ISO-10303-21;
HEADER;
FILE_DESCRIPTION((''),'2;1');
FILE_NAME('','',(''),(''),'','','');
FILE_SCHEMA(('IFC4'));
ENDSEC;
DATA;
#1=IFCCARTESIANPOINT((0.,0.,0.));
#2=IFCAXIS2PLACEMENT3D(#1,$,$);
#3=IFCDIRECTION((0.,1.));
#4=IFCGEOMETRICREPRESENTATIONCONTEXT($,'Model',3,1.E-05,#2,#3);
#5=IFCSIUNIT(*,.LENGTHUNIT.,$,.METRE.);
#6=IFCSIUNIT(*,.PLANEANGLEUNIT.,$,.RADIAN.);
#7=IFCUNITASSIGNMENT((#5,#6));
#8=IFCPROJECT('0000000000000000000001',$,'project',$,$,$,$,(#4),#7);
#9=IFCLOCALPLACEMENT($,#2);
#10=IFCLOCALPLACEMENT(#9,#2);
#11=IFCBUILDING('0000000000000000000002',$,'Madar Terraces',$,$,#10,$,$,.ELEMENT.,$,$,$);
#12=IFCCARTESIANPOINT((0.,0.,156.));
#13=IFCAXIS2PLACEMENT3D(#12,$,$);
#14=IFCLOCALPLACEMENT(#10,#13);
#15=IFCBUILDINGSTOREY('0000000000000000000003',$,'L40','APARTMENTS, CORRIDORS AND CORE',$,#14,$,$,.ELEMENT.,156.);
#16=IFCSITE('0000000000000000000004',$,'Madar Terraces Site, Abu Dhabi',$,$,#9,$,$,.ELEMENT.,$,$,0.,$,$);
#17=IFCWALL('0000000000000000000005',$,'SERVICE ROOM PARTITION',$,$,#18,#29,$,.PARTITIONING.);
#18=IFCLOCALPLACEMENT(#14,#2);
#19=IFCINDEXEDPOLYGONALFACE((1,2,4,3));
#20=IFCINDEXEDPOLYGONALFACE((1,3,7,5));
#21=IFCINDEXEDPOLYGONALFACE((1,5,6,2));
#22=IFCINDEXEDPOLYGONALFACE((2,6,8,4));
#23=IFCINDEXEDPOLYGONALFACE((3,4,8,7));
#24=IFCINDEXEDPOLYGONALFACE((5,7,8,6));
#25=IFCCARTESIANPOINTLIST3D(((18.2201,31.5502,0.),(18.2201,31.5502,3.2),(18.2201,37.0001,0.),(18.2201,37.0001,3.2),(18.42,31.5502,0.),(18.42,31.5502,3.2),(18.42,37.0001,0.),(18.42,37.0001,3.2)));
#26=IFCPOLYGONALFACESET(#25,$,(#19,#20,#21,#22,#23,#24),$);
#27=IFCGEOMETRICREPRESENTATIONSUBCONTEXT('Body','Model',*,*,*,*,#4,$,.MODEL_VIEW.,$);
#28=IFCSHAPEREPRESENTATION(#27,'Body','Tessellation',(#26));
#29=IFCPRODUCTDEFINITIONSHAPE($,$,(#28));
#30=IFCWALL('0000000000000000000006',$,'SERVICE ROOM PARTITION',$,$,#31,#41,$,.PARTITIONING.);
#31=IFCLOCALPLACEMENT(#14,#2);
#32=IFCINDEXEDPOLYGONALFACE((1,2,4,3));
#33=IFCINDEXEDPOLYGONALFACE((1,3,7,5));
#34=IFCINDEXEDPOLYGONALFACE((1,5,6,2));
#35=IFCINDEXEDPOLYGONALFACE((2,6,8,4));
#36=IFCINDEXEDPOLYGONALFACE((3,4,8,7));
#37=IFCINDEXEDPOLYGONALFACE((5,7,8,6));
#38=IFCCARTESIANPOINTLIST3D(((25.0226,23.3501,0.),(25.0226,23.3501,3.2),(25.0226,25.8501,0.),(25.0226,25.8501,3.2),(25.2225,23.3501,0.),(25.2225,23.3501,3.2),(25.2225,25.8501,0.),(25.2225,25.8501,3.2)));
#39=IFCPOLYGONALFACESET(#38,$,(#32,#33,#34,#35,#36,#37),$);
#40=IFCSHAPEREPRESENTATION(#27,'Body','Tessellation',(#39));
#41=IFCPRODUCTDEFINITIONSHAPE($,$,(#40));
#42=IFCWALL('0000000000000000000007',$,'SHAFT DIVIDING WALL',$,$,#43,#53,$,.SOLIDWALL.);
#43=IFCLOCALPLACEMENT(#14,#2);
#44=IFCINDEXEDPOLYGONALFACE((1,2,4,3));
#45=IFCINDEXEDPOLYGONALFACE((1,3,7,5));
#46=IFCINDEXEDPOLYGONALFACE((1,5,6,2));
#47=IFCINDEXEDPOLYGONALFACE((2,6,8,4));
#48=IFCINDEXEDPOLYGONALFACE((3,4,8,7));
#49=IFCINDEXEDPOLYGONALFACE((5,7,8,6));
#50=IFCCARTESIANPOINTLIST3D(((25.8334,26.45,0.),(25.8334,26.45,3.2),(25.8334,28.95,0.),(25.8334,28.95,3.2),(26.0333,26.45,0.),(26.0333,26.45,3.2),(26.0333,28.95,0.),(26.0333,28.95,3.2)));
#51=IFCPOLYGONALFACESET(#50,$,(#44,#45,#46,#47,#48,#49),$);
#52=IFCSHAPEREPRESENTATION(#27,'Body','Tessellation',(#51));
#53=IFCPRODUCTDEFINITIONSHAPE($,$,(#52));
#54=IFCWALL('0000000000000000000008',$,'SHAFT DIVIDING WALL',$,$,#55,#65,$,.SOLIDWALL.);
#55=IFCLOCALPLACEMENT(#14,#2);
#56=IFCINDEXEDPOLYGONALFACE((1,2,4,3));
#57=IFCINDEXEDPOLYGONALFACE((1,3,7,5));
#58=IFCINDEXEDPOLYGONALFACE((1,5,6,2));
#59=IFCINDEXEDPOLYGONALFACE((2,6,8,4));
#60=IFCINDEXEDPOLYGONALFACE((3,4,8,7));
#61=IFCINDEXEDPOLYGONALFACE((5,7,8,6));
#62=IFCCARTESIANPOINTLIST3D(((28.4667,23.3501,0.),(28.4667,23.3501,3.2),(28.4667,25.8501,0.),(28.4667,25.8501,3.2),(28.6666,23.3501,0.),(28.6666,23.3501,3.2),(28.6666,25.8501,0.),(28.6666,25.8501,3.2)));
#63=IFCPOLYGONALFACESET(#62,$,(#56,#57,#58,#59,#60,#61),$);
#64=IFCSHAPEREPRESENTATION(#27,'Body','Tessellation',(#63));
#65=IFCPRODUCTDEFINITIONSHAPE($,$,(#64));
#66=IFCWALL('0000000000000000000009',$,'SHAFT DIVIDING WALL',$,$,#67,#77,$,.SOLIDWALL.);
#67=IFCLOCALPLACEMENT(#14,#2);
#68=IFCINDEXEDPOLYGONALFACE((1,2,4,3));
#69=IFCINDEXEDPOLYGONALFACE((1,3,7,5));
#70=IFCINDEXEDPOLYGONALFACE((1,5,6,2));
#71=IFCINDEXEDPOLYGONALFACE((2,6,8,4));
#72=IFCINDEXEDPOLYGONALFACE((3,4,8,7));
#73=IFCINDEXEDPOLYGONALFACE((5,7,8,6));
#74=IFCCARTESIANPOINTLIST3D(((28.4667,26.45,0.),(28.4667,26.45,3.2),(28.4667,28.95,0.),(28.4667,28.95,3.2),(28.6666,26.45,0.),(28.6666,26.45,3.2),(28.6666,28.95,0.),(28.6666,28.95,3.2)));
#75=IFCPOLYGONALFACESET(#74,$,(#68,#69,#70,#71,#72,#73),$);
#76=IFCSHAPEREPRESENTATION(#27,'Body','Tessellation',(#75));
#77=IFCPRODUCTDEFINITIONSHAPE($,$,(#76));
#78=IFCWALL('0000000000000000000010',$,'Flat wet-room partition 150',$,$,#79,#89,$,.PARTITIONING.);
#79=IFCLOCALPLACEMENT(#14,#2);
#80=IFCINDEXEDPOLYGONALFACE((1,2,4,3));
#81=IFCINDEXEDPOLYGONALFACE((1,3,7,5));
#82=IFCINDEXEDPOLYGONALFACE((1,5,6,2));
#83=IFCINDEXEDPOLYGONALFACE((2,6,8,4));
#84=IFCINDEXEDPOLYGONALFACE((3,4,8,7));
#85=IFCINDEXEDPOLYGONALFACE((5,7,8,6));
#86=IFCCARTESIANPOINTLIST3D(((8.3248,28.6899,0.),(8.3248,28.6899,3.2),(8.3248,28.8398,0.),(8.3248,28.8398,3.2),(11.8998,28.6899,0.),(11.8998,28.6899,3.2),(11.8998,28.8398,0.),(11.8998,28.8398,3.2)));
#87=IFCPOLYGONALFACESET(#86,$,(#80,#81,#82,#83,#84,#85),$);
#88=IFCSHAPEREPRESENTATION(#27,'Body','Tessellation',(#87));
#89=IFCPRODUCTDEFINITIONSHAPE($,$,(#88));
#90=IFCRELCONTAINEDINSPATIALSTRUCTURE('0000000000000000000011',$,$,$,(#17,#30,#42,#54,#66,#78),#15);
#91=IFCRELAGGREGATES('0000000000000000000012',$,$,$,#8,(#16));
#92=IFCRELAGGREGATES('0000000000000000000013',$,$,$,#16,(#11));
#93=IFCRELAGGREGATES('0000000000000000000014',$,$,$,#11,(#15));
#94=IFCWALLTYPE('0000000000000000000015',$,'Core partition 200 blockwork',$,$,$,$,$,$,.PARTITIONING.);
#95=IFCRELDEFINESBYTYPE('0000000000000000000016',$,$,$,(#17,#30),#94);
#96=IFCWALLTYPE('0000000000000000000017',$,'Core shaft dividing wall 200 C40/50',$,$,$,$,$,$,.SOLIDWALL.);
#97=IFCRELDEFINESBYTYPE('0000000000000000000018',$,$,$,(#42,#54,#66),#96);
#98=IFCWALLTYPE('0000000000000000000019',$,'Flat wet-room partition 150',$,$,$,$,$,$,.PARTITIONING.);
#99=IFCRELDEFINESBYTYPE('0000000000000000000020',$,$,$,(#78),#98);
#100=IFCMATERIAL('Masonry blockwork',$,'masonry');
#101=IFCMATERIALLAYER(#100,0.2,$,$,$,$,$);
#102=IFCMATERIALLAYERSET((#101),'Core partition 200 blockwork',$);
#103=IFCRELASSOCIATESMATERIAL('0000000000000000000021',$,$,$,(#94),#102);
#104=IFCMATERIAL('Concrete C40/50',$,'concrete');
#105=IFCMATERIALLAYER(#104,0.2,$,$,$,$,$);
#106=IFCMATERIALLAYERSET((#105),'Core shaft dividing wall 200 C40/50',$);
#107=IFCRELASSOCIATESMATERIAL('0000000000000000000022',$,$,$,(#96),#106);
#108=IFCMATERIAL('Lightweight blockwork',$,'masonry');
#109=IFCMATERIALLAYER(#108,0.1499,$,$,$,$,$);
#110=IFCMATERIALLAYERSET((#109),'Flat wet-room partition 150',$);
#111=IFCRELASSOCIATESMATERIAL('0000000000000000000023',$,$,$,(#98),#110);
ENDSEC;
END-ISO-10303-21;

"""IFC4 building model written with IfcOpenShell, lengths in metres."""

from ifc_helpers import new_model, si_unit, direction, frame, frame_2d, origin, place, context, subcontext, project, spatial, rectangle, extrude, material, layer, layer_set, type_object, element, save


model = new_model("IFC4")

# Units and contexts
model_context = context("Model", 3, precision=1e-05, world=origin(), true_north=direction((0.0, 1.0)))
body_context = subcontext(model_context, "Body", "Model", "MODEL_VIEW")
ifc_project = project(units=[si_unit("LENGTHUNIT", "METRE"), si_unit("PLANEANGLEUNIT", "RADIAN")], contexts=[model_context])

# Site, building, storey
site_placement = place(None, origin())
site = spatial("IfcSite", under=ifc_project, at=site_placement, Name="Madar Terraces Site, Abu Dhabi", CompositionType="ELEMENT", RefElevation=0.0)
building_placement = place(site_placement, origin())
building = spatial("IfcBuilding", under=site, at=building_placement, Name="Madar Terraces", CompositionType="ELEMENT")
storey_placement = place(building_placement, frame((0.0, 0.0, 156.0)))
storey = spatial("IfcBuildingStorey", under=building, at=storey_placement, Name="L40", Description="APARTMENTS, CORRIDORS AND CORE", CompositionType="ELEMENT", Elevation=156.0)

# Walls
ifc_material_1 = material(Name="Masonry blockwork", Category="masonry")
ifc_layer_1 = layer(ifc_material_1, 0.2)
ifc_layer_set_1 = layer_set([ifc_layer_1], Name="Core partition 200 blockwork")
wall_type_1 = type_object("IfcWallType", Name="Core partition 200 blockwork", PredefinedType="PARTITIONING", material=ifc_layer_set_1)
wall_1_placement = place(storey_placement, frame((18.3201, 31.55, 0.0), z_axis=(0.0, 0.0, 1.0), x_axis=(0.0, 1.0, 0.0)))
element("IfcWall", 1, at=wall_1_placement, inside=storey, type_object=wall_type_1, Name="SERVICE ROOM PARTITION", PredefinedType="PARTITIONING", context=body_context, shape_type="SweptSolid", body=[
    extrude(rectangle(XDim=5.45, YDim=0.2, at=frame_2d((2.7251, 0.0))), origin(), (0.0, 0.0, 1.0), 3.2),
])
wall_2_placement = place(storey_placement, frame((25.1226, 23.3501, 0.0), z_axis=(0.0, 0.0, 1.0), x_axis=(0.0, 1.0, 0.0)))
element("IfcWall", 2, at=wall_2_placement, inside=storey, type_object=wall_type_1, Name="SERVICE ROOM PARTITION", PredefinedType="PARTITIONING", context=body_context, shape_type="SweptSolid", body=[
    extrude(rectangle(XDim=2.5, YDim=0.2, at=frame_2d((1.25, 0.0))), origin(), (0.0, 0.0, 1.0), 3.2),
])
ifc_material_2 = material(Name="Concrete C40/50", Category="concrete")
ifc_layer_2 = layer(ifc_material_2, 0.2)
ifc_layer_set_2 = layer_set([ifc_layer_2], Name="Core shaft dividing wall 200 C40/50")
wall_type_2 = type_object("IfcWallType", Name="Core shaft dividing wall 200 C40/50", PredefinedType="SOLIDWALL", material=ifc_layer_set_2)
for number, where, z_axis, x_axis, name in (
    (3, (25.9333, 26.45, 0.0), (0.0, 0.0, 1.0), (0.0, 1.0, 0.0), "SHAFT DIVIDING WALL"),
    (4, (28.5667, 23.3501, 0.0), (0.0, 0.0, 1.0), (0.0, 1.0, 0.0), "SHAFT DIVIDING WALL"),
    (5, (28.5667, 26.45, 0.0), (0.0, 0.0, 1.0), (0.0, 1.0, 0.0), "SHAFT DIVIDING WALL"),
):
    element("IfcWall", number, at=place(storey_placement, frame(where, z_axis=z_axis, x_axis=x_axis)), inside=storey, type_object=wall_type_2, Name=name, PredefinedType="SOLIDWALL", context=body_context, shape_type="SweptSolid", body=[
        extrude(rectangle(XDim=2.5, YDim=0.2, at=frame_2d((1.25, 0.0))), origin(), (0.0, 0.0, 1.0), 3.2),
    ])
ifc_material_3 = material(Name="Lightweight blockwork", Category="masonry")
ifc_layer_3 = layer(ifc_material_3, 0.1499)
ifc_layer_set_3 = layer_set([ifc_layer_3], Name="Flat wet-room partition 150")
wall_type_3 = type_object("IfcWallType", Name="Flat wet-room partition 150", PredefinedType="PARTITIONING", material=ifc_layer_set_3)
wall_3_placement = place(storey_placement, frame((11.8999, 28.7649, 0.0), z_axis=(0.0, 0.0, 1.0), x_axis=(-1.0, 0.0, 0.0)))
element("IfcWall", 6, at=wall_3_placement, inside=storey, type_object=wall_type_3, Name="Flat wet-room partition 150", PredefinedType="PARTITIONING", context=body_context, shape_type="SweptSolid", body=[
    extrude(rectangle(XDim=3.575, YDim=0.1499, at=frame_2d((1.7876, 0.0))), origin(), (0.0, 0.0, 1.0), 3.2),
])

save(model, "model.ifc")
